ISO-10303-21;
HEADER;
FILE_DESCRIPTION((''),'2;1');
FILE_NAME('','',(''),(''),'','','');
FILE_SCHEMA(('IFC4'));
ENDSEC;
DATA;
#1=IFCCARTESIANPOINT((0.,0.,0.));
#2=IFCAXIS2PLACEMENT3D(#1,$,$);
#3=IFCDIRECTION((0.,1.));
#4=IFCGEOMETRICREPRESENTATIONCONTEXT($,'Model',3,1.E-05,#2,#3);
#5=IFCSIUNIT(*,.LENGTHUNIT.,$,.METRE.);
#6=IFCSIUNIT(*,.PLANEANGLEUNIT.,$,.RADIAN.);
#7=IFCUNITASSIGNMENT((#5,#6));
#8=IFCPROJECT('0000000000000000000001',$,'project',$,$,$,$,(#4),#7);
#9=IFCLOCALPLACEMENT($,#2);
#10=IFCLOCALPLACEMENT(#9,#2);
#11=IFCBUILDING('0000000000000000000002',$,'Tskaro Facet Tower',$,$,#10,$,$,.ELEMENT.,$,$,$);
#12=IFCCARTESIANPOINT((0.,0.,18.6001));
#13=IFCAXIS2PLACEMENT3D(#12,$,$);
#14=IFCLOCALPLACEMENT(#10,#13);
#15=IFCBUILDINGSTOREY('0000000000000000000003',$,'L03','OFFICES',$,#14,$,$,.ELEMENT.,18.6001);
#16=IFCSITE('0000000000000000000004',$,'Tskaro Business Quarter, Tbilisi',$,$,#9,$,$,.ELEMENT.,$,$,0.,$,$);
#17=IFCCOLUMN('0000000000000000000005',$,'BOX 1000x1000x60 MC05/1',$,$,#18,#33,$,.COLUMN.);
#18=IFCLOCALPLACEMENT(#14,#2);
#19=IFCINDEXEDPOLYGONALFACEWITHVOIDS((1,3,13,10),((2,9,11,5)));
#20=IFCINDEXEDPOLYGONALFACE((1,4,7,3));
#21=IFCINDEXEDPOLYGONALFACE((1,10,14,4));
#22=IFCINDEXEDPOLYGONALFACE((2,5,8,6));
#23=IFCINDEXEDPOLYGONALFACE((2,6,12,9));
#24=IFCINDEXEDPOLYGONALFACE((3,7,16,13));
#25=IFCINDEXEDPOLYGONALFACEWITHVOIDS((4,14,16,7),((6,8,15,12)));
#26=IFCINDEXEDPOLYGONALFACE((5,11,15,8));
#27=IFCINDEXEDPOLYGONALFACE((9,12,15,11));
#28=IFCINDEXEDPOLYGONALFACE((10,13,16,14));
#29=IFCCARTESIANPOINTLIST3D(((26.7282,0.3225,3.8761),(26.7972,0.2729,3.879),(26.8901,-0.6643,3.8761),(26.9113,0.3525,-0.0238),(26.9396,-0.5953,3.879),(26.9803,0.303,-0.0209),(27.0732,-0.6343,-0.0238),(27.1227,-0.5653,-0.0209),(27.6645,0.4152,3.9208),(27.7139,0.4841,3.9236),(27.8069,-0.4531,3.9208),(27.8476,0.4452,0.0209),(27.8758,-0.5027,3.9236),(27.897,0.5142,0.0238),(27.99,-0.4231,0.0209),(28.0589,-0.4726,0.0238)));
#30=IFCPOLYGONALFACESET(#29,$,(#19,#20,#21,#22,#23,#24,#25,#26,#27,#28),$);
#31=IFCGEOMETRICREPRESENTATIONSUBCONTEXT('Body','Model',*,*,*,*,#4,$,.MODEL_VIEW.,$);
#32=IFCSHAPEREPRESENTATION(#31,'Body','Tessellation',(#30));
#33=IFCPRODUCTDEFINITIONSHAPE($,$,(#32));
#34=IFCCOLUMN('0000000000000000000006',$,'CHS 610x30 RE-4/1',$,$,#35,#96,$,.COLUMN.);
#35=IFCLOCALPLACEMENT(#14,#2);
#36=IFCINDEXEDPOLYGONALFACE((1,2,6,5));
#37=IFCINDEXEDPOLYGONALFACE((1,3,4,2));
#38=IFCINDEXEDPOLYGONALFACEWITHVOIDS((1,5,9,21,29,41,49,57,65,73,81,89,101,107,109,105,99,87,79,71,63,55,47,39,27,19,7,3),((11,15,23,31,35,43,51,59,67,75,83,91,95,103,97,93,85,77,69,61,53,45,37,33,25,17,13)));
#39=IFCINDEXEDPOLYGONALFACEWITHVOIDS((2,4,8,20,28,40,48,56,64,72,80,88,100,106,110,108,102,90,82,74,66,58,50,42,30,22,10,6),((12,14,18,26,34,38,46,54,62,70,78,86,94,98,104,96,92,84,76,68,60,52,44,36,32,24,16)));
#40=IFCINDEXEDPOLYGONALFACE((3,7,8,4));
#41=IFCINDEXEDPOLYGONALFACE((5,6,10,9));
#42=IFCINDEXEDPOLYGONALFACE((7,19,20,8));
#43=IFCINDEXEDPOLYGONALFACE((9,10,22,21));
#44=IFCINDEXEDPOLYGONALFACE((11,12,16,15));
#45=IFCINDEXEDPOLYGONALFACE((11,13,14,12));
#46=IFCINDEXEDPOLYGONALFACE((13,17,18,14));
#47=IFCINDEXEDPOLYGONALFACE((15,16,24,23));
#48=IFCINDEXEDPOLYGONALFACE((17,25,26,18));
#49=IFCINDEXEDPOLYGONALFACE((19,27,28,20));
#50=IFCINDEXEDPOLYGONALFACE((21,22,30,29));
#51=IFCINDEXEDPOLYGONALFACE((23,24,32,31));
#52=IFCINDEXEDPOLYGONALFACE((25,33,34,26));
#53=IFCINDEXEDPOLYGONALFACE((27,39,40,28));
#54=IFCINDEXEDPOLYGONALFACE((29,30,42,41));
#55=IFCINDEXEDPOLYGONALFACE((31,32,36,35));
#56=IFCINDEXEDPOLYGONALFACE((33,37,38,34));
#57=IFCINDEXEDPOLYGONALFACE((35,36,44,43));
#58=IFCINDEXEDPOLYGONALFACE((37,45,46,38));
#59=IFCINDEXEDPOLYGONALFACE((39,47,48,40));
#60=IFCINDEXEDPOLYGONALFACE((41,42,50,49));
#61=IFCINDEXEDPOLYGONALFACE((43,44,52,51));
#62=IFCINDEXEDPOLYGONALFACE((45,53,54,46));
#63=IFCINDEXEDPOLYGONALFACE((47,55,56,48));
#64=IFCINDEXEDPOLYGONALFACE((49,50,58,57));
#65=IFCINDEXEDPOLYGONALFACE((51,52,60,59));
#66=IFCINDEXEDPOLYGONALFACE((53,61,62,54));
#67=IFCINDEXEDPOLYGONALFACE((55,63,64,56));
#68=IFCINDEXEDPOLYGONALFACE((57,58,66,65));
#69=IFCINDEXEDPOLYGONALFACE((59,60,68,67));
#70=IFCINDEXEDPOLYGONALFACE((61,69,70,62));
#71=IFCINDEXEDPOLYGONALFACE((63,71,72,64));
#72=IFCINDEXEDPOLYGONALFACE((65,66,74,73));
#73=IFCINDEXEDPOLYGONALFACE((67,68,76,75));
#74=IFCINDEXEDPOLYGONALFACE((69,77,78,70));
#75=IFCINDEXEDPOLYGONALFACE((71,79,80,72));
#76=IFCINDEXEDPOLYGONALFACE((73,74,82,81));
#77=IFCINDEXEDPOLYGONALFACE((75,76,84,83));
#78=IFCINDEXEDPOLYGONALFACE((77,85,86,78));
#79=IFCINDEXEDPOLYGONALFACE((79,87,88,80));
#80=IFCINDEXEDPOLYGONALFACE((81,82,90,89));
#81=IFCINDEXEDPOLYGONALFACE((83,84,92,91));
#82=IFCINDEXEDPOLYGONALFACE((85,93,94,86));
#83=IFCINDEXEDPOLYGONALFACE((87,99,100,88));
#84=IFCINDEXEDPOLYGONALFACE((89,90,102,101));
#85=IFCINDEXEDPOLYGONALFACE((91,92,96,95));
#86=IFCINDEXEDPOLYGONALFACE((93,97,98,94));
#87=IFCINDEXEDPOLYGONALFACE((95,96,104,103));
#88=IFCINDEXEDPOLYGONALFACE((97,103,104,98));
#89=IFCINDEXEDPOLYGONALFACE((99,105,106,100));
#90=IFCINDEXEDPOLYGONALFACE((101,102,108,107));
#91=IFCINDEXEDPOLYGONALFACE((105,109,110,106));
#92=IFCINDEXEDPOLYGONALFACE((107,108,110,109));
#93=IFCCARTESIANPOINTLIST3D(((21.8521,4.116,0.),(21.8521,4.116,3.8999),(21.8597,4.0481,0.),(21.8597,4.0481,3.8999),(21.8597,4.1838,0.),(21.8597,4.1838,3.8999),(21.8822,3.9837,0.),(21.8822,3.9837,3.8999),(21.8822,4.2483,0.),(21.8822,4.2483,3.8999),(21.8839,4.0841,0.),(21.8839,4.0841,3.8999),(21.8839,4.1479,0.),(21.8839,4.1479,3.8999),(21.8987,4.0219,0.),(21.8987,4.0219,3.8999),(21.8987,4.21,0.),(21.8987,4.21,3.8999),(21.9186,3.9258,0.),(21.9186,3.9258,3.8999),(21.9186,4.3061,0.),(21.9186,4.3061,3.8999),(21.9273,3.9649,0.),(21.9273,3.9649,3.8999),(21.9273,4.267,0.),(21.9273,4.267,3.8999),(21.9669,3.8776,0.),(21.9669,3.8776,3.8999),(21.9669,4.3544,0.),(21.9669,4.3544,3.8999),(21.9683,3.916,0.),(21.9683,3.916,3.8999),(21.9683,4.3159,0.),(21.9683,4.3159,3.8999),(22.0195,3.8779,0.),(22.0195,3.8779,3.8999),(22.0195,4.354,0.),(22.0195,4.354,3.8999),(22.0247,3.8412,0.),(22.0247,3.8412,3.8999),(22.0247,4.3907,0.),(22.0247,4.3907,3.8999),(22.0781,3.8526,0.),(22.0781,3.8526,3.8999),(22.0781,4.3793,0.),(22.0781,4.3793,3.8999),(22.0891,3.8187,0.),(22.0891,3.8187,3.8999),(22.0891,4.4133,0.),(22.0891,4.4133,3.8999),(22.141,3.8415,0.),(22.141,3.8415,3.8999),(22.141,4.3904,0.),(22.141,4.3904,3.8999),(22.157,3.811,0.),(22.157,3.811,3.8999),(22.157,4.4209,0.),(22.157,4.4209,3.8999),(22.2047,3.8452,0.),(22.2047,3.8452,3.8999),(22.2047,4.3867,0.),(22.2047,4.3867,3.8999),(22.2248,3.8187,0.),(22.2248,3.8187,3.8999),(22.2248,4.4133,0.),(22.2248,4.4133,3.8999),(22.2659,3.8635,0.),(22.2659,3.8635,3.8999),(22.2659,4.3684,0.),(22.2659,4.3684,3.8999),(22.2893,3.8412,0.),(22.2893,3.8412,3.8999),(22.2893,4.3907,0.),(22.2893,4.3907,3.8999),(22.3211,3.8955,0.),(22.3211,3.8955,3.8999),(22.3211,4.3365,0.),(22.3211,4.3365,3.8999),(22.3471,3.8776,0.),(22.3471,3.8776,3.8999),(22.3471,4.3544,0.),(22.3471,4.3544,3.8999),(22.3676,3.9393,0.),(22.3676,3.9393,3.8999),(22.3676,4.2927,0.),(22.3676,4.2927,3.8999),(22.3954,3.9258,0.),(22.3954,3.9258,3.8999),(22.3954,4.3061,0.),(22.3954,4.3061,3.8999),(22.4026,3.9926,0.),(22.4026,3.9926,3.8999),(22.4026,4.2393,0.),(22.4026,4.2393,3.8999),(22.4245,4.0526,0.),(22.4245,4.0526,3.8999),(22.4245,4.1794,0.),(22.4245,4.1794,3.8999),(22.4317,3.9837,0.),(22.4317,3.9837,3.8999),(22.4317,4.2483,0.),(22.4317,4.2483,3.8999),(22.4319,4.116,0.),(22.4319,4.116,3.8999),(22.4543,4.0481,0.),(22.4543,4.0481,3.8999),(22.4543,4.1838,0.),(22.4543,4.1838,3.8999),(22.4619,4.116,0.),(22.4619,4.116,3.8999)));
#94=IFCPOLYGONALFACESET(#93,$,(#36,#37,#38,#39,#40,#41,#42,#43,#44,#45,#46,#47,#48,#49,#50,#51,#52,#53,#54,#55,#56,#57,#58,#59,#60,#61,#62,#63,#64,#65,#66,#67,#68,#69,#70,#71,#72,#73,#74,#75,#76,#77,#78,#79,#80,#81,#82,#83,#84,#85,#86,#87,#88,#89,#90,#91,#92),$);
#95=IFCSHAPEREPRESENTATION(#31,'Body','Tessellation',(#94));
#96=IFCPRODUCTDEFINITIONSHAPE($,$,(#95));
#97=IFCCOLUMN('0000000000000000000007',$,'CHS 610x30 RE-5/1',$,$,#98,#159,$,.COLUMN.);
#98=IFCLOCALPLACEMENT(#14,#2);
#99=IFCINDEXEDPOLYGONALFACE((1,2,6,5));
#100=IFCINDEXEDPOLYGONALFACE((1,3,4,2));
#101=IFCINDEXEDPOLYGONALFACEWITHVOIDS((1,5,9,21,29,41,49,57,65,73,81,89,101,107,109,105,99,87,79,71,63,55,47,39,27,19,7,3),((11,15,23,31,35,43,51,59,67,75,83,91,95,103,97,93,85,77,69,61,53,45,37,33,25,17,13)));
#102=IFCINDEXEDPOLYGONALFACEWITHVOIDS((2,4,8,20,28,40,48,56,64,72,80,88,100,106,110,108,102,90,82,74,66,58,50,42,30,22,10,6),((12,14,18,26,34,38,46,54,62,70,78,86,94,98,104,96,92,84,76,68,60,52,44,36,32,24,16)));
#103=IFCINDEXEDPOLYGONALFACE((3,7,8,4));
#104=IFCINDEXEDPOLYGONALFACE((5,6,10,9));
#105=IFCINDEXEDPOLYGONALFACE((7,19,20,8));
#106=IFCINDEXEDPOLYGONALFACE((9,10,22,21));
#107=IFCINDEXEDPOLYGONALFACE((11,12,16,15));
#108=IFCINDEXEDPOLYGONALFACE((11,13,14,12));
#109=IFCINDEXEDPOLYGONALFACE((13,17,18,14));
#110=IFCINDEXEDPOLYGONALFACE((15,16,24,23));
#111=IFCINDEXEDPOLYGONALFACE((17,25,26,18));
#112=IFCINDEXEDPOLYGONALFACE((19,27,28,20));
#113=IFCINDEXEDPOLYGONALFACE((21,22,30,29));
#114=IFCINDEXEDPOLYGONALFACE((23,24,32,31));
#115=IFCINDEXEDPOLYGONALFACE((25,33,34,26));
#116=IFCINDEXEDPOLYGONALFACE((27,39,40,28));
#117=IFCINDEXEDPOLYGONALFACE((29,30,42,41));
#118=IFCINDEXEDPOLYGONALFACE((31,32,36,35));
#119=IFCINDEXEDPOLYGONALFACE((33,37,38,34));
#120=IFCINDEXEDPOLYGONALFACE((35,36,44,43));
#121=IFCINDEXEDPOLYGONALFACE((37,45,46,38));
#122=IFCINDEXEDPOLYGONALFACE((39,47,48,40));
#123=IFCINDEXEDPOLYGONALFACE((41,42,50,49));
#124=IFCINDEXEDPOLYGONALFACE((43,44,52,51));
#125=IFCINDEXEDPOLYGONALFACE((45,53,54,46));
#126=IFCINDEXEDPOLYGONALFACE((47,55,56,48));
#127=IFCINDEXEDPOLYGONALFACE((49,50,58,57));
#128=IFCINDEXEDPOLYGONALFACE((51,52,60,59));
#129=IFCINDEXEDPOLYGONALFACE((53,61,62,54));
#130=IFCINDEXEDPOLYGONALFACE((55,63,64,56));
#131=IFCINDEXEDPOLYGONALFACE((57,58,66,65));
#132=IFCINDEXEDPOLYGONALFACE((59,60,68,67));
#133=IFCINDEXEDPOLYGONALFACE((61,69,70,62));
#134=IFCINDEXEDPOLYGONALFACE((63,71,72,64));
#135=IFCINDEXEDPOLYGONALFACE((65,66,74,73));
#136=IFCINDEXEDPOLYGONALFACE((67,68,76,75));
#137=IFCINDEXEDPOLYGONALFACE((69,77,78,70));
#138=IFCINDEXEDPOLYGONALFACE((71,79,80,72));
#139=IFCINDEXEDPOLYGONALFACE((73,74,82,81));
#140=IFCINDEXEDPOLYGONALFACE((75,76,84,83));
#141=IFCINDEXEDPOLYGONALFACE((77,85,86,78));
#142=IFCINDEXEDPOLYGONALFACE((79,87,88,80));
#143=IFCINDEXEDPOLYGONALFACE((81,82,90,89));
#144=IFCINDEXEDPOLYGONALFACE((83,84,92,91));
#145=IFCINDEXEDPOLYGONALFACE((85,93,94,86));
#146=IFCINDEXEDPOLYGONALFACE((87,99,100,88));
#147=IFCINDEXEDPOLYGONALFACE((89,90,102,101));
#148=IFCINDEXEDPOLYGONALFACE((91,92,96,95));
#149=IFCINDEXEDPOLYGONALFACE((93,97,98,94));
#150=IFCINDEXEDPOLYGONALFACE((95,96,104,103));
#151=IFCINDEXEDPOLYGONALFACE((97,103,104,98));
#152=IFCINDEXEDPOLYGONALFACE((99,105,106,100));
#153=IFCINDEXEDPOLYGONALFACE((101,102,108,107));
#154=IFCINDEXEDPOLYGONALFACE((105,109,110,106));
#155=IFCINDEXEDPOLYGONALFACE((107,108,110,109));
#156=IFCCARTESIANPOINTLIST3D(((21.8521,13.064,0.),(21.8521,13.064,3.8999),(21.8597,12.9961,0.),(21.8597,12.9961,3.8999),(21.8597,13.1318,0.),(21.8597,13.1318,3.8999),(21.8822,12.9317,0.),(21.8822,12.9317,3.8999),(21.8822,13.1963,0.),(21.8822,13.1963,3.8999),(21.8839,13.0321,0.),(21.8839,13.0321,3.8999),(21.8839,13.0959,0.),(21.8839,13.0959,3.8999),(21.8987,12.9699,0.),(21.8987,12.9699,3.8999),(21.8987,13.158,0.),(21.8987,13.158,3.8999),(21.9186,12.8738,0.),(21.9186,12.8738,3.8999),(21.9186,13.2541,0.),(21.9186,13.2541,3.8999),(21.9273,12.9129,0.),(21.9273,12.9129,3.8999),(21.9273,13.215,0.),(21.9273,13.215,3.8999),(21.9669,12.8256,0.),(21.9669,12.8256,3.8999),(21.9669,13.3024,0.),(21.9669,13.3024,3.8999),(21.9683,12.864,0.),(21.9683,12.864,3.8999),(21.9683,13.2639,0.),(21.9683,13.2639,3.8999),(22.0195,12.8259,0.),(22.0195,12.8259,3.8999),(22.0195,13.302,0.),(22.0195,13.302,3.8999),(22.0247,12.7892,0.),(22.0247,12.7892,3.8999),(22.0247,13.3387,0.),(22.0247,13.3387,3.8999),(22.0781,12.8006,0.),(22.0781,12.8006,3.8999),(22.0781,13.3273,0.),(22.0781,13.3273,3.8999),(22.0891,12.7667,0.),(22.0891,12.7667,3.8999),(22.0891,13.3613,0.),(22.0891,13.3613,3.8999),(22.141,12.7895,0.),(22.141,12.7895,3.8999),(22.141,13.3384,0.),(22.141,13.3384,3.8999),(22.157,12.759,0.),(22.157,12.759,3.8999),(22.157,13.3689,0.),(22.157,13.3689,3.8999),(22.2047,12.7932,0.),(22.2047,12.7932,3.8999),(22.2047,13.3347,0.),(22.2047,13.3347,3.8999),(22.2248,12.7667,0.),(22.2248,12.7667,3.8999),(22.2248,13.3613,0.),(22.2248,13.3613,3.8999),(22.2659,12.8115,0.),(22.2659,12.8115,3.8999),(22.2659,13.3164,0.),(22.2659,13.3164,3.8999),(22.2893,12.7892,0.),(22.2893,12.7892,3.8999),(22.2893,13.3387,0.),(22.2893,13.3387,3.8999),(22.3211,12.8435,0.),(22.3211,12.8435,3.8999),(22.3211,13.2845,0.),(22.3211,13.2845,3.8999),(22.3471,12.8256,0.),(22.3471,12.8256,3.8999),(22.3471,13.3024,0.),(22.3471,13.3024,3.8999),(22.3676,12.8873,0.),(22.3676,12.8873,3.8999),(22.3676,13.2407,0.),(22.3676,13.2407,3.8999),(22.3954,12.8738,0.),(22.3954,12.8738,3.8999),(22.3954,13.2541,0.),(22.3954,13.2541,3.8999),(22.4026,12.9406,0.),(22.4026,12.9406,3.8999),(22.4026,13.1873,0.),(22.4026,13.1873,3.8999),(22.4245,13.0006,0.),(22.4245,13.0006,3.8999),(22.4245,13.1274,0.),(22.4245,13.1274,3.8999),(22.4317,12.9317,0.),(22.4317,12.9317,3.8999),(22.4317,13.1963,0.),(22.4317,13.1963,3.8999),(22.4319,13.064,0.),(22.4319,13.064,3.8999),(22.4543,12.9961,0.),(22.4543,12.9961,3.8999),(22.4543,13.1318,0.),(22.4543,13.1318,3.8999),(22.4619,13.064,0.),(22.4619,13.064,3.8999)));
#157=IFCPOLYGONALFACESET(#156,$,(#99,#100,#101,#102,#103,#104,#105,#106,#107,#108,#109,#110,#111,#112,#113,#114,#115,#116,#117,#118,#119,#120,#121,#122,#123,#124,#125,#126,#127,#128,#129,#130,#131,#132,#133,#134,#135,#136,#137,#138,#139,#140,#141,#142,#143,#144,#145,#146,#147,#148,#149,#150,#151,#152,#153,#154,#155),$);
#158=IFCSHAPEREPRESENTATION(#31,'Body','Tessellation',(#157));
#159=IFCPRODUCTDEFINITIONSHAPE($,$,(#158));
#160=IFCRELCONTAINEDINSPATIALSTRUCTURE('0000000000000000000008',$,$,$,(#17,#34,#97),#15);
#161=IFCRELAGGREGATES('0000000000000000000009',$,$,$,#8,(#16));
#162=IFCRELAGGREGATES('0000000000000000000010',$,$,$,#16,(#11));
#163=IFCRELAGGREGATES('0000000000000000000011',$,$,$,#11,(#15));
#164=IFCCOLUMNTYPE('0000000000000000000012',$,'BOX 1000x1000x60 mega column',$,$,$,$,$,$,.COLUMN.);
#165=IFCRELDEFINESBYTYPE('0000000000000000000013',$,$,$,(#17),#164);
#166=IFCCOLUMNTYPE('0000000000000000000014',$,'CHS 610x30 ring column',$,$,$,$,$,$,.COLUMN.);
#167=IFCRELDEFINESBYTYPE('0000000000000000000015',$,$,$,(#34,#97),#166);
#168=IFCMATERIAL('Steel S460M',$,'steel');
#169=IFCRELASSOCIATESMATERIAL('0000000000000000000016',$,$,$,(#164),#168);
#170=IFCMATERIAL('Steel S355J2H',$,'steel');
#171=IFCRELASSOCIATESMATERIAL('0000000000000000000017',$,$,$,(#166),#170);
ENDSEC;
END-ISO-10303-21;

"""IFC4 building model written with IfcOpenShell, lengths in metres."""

from ifc_helpers import new_model, si_unit, direction, frame, origin, origin_2d, place, context, subcontext, project, spatial, hollow_rectangle, hollow_circle, extrude, material, material_profile, profile_set, type_object, element, save


model = new_model("IFC4")

# Units and contexts
model_context = context("Model", 3, precision=1e-05, world=origin(), true_north=direction((0.0, 1.0)))
body_context = subcontext(model_context, "Body", "Model", "MODEL_VIEW")
ifc_project = project(units=[si_unit("LENGTHUNIT", "METRE"), si_unit("PLANEANGLEUNIT", "RADIAN")], contexts=[model_context])

# Site, building, storey
site_placement = place(None, origin())
site = spatial("IfcSite", under=ifc_project, at=site_placement, Name="Tskaro Business Quarter, Tbilisi", CompositionType="ELEMENT", RefElevation=0.0)
building_placement = place(site_placement, origin())
building = spatial("IfcBuilding", under=site, at=building_placement, Name="Tskaro Facet Tower", CompositionType="ELEMENT")
storey_placement = place(building_placement, frame((0.0, 0.0, 18.6001)))
storey = spatial("IfcBuildingStorey", under=building, at=storey_placement, Name="L03", Description="OFFICES", CompositionType="ELEMENT", Elevation=18.6001)

# Columns
ifc_material_1 = material(Name="Steel S460M", Category="steel")
ifc_material_profile_1 = material_profile(ifc_material_1, hollow_rectangle(XDim=1.0, YDim=1.0, WallThickness=0.0601, at=origin_2d()), Name="BOX 1000x1000x60")
ifc_profile_set_1 = profile_set([ifc_material_profile_1], Name="Steel S460M")
column_type_1 = type_object("IfcColumnType", Name="BOX 1000x1000x60 mega column", PredefinedType="COLUMN", material=ifc_profile_set_1)
column_placement = place(storey_placement, frame((27.4851, -0.0601, 0.0), z_axis=(-0.046898, -0.007691, 0.99887), x_axis=(0.161838, -0.986817, 0.0)))
element("IfcColumn", 1, at=column_placement, inside=storey, type_object=column_type_1, Name="BOX 1000x1000x60 MC05/1", PredefinedType="COLUMN", context=body_context, shape_type="SweptSolid", body=[
    extrude(hollow_rectangle(XDim=1.0, YDim=1.0, WallThickness=0.0601, at=origin_2d()), origin(), (0.0, 0.0, 1.0), 3.9043),
])
ifc_material_2 = material(Name="Steel S355J2H", Category="steel")
ifc_material_profile_2 = material_profile(ifc_material_2, hollow_circle(Radius=0.3049, WallThickness=0.03, at=origin_2d()), Name="CHS 610x30")
ifc_profile_set_2 = profile_set([ifc_material_profile_2], Name="Steel S355J2H")
column_type_2 = type_object("IfcColumnType", Name="CHS 610x30 ring column", PredefinedType="COLUMN", material=ifc_profile_set_2)
for number, where, z_axis, x_axis, name in (
    (2, (22.157, 4.116, 0.0), (0.0, 0.0, 1.0), (1.0, 0.0, 0.0), "CHS 610x30 RE-4/1"),
    (3, (22.157, 13.064, 0.0), (0.0, 0.0, 1.0), (1.0, 0.0, 0.0), "CHS 610x30 RE-5/1"),
):
    element("IfcColumn", number, at=place(storey_placement, frame(where, z_axis=z_axis, x_axis=x_axis)), inside=storey, type_object=column_type_2, Name=name, PredefinedType="COLUMN", context=body_context, shape_type="SweptSolid", body=[
        extrude(hollow_circle(Radius=0.3049, WallThickness=0.03, at=origin_2d()), origin(), (0.0, 0.0, 1.0), 3.8999),
    ])

save(model, "model.ifc")
